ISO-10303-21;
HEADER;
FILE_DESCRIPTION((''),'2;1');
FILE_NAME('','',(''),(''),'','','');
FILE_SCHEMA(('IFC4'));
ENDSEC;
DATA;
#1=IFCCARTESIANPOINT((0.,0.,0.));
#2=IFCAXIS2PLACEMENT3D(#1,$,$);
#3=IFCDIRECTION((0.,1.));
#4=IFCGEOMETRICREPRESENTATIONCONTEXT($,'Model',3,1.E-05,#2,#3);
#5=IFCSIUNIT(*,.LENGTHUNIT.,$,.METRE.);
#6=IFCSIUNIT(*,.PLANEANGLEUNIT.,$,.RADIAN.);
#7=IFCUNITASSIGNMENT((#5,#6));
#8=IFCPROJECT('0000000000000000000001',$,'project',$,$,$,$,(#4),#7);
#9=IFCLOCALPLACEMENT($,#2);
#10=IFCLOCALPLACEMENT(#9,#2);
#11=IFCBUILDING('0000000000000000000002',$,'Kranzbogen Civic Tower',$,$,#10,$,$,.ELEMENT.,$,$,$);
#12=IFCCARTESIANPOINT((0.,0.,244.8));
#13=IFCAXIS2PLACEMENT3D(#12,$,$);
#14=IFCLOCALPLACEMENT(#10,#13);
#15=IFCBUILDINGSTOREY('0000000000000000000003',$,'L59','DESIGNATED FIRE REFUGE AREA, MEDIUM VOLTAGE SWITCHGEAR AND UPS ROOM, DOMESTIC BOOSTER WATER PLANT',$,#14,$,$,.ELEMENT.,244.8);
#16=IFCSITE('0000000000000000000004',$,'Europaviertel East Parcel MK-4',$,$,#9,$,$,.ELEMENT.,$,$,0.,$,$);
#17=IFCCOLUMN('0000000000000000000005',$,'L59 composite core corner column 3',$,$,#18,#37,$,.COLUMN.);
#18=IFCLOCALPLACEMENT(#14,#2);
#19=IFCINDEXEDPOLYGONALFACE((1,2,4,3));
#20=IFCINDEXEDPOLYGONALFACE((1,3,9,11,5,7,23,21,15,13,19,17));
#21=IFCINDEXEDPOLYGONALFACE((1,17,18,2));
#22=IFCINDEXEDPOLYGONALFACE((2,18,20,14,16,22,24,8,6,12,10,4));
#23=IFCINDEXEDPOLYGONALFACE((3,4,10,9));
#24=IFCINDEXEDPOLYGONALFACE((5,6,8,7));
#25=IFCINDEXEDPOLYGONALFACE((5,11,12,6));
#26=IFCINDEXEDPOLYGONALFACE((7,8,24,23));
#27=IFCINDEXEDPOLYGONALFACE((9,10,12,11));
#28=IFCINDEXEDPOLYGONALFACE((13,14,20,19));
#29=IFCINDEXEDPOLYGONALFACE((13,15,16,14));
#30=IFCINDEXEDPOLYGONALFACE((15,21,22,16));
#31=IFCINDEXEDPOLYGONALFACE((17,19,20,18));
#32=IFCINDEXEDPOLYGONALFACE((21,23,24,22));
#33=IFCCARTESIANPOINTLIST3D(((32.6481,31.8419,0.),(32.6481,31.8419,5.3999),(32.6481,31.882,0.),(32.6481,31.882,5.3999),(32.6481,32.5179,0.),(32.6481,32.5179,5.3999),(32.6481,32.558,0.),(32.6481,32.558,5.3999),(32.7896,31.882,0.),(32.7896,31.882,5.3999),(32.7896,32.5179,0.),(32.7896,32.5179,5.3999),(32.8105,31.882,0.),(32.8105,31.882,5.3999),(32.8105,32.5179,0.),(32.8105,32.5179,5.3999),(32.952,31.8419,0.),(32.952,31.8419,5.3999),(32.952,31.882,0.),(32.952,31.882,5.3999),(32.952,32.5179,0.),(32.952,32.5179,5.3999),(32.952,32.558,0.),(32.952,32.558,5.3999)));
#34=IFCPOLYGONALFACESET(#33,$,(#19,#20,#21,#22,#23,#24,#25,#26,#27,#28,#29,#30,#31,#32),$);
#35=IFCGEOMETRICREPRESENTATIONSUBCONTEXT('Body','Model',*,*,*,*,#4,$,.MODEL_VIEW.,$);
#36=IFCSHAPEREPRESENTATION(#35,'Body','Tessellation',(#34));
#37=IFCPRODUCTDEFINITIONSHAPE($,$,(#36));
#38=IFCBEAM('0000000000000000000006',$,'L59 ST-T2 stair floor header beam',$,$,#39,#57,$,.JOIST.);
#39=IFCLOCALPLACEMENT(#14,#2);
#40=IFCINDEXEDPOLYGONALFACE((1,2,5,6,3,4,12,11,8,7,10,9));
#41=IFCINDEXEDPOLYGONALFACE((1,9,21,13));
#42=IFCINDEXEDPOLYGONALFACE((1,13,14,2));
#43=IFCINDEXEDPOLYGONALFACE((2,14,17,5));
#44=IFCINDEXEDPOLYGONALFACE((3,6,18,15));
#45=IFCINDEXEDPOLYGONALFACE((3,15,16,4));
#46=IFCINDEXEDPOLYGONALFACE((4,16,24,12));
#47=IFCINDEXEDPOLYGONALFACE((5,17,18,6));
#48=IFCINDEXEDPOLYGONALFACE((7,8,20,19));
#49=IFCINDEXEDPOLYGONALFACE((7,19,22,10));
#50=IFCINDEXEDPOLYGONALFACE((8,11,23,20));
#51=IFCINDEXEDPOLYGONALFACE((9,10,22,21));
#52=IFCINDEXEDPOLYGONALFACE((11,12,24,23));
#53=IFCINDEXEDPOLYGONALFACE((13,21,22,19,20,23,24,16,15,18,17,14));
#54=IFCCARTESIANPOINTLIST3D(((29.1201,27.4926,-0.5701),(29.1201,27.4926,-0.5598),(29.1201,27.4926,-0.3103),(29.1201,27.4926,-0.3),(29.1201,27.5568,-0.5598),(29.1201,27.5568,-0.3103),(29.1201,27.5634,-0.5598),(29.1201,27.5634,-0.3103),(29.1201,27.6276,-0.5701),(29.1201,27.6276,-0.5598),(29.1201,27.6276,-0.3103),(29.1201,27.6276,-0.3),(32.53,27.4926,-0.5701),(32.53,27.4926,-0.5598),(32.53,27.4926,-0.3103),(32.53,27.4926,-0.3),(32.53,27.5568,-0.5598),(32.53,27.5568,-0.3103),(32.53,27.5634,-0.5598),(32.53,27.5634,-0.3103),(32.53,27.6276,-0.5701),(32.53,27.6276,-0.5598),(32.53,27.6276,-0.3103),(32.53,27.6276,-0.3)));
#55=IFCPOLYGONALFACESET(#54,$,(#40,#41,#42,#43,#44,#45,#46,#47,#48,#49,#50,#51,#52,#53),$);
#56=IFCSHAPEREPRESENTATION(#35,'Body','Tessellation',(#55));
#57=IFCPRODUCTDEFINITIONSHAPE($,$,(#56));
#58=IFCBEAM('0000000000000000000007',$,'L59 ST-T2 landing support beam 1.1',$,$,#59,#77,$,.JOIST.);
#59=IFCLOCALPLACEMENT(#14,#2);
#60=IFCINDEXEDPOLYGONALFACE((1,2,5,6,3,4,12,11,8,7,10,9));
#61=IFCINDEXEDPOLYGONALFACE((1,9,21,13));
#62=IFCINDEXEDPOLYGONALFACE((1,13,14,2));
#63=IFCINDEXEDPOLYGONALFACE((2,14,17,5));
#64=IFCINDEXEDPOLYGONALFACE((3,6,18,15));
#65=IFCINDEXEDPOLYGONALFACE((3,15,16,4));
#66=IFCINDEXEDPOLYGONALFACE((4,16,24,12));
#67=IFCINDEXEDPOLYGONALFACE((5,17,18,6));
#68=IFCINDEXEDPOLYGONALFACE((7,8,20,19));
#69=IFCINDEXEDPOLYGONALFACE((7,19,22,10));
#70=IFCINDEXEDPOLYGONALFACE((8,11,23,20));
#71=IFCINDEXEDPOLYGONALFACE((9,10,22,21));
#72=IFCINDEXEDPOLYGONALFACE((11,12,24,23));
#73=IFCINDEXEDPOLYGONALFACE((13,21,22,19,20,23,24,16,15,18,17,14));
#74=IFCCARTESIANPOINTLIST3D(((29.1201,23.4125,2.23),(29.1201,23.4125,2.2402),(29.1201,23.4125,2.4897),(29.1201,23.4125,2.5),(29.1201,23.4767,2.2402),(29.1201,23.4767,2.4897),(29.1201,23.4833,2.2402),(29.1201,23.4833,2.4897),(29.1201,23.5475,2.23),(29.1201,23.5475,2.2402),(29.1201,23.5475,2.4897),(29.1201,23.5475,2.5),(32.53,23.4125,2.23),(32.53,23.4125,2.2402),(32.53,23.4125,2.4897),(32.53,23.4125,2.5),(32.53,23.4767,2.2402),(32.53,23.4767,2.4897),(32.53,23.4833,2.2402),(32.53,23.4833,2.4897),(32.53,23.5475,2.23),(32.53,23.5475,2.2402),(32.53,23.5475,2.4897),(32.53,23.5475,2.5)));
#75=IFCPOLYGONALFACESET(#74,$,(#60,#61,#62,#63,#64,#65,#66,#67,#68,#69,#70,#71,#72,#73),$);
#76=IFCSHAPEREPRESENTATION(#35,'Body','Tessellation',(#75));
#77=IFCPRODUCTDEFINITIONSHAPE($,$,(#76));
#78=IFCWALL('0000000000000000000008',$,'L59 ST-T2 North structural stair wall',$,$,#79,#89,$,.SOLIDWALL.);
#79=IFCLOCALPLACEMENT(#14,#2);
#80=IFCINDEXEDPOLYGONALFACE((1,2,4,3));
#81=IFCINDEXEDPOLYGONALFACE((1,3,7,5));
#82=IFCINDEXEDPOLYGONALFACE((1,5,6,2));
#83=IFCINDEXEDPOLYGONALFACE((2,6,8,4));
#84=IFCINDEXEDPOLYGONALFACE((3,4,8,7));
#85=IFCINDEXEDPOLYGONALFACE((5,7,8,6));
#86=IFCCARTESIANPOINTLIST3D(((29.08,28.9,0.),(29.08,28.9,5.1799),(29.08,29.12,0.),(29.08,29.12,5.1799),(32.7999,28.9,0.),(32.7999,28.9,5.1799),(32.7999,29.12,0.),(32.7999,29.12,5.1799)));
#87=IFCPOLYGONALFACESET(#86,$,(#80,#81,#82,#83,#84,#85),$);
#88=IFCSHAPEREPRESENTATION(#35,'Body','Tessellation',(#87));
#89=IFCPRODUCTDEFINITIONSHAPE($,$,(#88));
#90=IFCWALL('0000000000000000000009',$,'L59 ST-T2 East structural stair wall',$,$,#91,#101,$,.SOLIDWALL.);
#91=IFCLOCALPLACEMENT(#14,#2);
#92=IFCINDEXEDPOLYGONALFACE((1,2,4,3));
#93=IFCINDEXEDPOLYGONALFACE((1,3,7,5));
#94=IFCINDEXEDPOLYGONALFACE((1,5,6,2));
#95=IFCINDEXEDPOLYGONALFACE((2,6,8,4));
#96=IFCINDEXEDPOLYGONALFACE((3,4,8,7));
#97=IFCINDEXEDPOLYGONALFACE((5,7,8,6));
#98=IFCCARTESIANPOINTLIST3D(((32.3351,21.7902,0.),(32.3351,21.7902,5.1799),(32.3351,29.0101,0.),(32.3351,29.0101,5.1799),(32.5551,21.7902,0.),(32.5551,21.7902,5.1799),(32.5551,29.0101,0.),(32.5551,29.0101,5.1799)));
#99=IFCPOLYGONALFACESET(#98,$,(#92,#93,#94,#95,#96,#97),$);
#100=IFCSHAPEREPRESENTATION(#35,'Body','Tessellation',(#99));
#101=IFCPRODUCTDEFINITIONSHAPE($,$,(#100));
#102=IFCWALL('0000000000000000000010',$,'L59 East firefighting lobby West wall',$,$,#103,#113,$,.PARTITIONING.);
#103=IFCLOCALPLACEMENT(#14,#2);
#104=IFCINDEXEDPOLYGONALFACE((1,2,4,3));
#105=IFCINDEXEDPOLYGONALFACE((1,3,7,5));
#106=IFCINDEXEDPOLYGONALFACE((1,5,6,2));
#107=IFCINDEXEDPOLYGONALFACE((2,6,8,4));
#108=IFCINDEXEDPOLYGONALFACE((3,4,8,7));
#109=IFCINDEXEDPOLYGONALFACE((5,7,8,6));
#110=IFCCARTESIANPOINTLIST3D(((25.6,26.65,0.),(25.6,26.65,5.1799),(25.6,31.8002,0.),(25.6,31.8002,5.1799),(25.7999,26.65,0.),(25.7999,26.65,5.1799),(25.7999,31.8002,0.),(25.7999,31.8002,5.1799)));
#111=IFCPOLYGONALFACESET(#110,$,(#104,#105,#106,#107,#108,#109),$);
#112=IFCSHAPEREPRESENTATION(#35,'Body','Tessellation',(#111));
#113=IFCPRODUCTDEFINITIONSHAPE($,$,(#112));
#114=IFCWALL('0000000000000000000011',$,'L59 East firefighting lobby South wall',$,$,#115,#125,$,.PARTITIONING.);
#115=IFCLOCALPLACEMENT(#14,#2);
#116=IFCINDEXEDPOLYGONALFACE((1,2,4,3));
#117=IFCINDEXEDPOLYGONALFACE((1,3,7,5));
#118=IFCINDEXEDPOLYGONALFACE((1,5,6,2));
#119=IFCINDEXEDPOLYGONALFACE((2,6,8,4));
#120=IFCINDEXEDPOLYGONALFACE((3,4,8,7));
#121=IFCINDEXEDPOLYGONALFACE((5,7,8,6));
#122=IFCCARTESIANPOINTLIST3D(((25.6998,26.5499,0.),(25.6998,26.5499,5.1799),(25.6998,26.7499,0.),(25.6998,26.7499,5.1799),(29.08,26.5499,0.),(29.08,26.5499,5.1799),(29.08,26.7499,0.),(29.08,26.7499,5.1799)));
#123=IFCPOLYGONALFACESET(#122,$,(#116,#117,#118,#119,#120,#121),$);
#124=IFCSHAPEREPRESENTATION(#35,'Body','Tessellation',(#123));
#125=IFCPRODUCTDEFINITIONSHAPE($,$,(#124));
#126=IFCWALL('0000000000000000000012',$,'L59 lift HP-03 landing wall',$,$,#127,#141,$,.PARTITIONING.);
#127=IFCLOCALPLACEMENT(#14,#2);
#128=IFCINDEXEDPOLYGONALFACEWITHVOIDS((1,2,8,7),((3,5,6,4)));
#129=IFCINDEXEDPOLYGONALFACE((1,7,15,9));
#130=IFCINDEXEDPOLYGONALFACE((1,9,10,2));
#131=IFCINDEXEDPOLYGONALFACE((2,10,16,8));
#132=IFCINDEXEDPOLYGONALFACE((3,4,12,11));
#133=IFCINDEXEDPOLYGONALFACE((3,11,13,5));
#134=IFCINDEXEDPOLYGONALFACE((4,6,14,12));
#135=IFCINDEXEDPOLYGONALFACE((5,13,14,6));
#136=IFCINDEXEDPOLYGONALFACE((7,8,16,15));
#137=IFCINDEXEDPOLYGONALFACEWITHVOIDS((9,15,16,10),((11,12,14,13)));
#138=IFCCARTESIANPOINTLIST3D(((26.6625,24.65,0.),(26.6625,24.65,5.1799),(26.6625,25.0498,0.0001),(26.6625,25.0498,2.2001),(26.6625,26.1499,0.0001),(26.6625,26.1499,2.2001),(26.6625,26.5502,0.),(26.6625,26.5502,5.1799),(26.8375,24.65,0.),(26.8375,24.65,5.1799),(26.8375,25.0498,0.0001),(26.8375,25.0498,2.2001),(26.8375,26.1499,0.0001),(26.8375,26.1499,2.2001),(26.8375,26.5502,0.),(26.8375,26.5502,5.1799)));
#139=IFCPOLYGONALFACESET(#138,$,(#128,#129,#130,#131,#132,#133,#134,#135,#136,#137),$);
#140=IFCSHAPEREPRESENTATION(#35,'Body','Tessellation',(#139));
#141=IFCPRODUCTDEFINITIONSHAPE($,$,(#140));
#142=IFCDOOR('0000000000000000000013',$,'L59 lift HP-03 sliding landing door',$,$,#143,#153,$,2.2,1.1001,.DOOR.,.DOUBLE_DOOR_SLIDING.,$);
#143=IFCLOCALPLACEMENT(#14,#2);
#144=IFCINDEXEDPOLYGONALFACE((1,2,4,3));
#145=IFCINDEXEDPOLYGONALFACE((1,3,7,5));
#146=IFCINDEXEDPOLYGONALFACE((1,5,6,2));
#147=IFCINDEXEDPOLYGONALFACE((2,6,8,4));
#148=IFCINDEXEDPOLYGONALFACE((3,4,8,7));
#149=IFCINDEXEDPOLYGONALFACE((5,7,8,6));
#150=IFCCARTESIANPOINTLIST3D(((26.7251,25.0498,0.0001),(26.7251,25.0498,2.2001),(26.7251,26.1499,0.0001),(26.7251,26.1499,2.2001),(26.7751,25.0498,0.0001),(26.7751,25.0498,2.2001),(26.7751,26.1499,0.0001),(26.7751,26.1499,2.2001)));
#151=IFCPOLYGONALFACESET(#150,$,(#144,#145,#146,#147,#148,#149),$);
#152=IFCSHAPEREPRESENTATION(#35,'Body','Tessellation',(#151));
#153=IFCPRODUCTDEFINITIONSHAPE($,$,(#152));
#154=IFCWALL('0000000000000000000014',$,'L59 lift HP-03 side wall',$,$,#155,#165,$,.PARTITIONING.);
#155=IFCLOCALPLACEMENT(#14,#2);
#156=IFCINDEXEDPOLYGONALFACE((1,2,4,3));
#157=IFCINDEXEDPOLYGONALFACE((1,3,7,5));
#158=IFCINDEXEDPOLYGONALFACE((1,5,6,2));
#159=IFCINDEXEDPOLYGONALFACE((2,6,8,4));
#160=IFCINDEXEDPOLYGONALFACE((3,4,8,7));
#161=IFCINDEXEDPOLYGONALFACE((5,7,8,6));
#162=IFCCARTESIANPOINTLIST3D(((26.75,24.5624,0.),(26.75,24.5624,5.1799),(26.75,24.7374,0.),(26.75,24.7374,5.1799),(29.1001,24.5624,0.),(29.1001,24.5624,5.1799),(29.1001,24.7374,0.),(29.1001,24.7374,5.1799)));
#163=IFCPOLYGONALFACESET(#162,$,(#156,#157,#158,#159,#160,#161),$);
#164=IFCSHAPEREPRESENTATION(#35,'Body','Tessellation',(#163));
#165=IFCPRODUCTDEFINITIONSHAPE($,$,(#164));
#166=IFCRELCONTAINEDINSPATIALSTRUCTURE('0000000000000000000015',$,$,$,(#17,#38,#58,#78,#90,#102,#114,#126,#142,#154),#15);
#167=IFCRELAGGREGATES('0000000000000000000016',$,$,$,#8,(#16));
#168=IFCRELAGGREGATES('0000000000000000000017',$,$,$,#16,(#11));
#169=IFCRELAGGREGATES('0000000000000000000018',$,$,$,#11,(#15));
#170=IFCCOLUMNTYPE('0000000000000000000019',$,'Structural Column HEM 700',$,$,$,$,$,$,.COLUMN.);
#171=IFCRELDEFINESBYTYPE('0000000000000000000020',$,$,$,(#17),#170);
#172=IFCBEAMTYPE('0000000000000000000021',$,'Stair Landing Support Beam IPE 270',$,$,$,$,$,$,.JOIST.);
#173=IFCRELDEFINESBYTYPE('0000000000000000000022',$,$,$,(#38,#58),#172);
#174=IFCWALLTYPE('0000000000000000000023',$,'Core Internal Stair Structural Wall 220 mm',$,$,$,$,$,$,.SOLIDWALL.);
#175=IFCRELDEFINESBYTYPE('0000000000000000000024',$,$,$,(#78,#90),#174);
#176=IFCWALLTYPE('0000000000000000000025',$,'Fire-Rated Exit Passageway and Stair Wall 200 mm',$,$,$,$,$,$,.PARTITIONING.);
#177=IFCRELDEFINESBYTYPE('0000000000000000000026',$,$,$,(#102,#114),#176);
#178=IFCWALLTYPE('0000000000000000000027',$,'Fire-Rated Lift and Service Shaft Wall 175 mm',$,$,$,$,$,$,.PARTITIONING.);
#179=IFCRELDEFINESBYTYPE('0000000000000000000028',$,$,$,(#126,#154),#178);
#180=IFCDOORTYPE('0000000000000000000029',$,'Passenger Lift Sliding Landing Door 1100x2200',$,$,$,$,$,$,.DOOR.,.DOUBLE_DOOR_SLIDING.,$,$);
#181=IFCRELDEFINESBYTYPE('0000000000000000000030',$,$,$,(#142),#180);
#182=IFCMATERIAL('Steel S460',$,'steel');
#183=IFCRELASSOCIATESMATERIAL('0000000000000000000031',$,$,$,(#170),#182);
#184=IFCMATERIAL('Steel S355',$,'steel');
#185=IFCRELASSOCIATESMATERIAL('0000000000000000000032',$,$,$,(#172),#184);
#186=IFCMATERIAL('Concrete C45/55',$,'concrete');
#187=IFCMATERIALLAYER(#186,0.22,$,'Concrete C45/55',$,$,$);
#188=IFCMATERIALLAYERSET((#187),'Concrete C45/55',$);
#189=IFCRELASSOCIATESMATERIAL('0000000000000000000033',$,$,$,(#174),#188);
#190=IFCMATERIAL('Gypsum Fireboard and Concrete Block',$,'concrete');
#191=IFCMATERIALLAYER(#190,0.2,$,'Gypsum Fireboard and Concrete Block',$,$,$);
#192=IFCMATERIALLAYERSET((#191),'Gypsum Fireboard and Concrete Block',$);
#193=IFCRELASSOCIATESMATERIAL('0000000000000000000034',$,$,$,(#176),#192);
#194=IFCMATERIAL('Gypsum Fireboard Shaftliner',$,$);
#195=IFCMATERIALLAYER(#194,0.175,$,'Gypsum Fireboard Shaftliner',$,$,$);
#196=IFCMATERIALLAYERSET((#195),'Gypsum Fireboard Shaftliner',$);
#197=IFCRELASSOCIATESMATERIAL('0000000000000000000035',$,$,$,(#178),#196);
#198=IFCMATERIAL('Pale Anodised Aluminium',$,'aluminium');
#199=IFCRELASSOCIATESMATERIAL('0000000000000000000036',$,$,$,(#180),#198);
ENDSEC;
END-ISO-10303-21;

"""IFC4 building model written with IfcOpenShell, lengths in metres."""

from ifc_helpers import new_model, si_unit, direction, frame, frame_2d, origin, origin_2d, place, context, subcontext, project, spatial, rectangle, i_section, extrude, material, layer, layer_set, material_profile, profile_set, type_object, element, fill, save


model = new_model("IFC4")

# Units and contexts
model_context = context("Model", 3, precision=1e-05, world=origin(), true_north=direction((0.0, 1.0)))
body_context = subcontext(model_context, "Body", "Model", "MODEL_VIEW")
ifc_project = project(units=[si_unit("LENGTHUNIT", "METRE"), si_unit("PLANEANGLEUNIT", "RADIAN")], contexts=[model_context])

# Site, building, storey
site_placement = place(None, origin())
site = spatial("IfcSite", under=ifc_project, at=site_placement, Name="Europaviertel East Parcel MK-4", CompositionType="ELEMENT", RefElevation=0.0)
building_placement = place(site_placement, origin())
building = spatial("IfcBuilding", under=site, at=building_placement, Name="Kranzbogen Civic Tower", CompositionType="ELEMENT")
storey_placement = place(building_placement, frame((0.0, 0.0, 244.8)))
storey = spatial("IfcBuildingStorey", under=building, at=storey_placement, Name="L59", Description="DESIGNATED FIRE REFUGE AREA, MEDIUM VOLTAGE SWITCHGEAR AND UPS ROOM, DOMESTIC BOOSTER WATER PLANT", CompositionType="ELEMENT", Elevation=244.8)

# Column
ifc_material_1 = material(Name="Steel S460", Category="steel")
ifc_material_profile_1 = material_profile(ifc_material_1, i_section(OverallWidth=0.304, OverallDepth=0.7161, WebThickness=0.021, FlangeThickness=0.04, at=origin_2d()), Name="HEM 700")
ifc_profile_set_1 = profile_set([ifc_material_profile_1], Name="Steel S460")
column_type = type_object("IfcColumnType", Name="Structural Column HEM 700", PredefinedType="COLUMN", material=ifc_profile_set_1)
column_placement = place(storey_placement, frame((32.8, 32.2, 0.0), z_axis=(0.0, 0.0, 1.0), x_axis=(1.0, 0.0, 0.0)))
element("IfcColumn", 1, at=column_placement, inside=storey, type_object=column_type, Name="L59 composite core corner column 3", PredefinedType="COLUMN", context=body_context, shape_type="SweptSolid", body=[
    extrude(i_section(OverallWidth=0.304, OverallDepth=0.7161, WebThickness=0.021, FlangeThickness=0.04, at=origin_2d()), origin(), (0.0, 0.0, 1.0), 5.3999),
])

# Beams
ifc_material_2 = material(Name="Steel S355", Category="steel")
ifc_material_profile_2 = material_profile(ifc_material_2, i_section(OverallWidth=0.135, OverallDepth=0.27, WebThickness=0.0066, FlangeThickness=0.0103, at=origin_2d()), Name="IPE 270")
ifc_profile_set_2 = profile_set([ifc_material_profile_2], Name="Steel S355")
beam_type = type_object("IfcBeamType", Name="Stair Landing Support Beam IPE 270", PredefinedType="JOIST", material=ifc_profile_set_2)
for number, where, z_axis, x_axis, name in (
    (2, (29.1201, 27.5601, -0.4351), (1.0, 0.0, 0.0), (0.0, 1.0, 0.0), "L59 ST-T2 stair floor header beam"),
    (3, (29.1201, 23.48, 2.365), (1.0, 0.0, 0.0), (0.0, 1.0, 0.0), "L59 ST-T2 landing support beam 1.1"),
):
    element("IfcBeam", number, at=place(storey_placement, frame(where, z_axis=z_axis, x_axis=x_axis)), inside=storey, type_object=beam_type, Name=name, PredefinedType="JOIST", context=body_context, shape_type="SweptSolid", body=[
        extrude(i_section(OverallWidth=0.135, OverallDepth=0.27, WebThickness=0.0066, FlangeThickness=0.0103, at=origin_2d()), origin(), (0.0, 0.0, 1.0), 3.4099),
    ])

# Walls
ifc_material_3 = material(Name="Concrete C45/55", Category="concrete")
ifc_layer_1 = layer(ifc_material_3, 0.22, Name="Concrete C45/55")
ifc_layer_set_1 = layer_set([ifc_layer_1], Name="Concrete C45/55")
wall_type_1 = type_object("IfcWallType", Name="Core Internal Stair Structural Wall 220 mm", PredefinedType="SOLIDWALL", material=ifc_layer_set_1)
wall_1_placement = place(storey_placement, frame((29.0801, 29.01, 0.0), z_axis=(0.0, 0.0, 1.0), x_axis=(1.0, 0.0, 0.0)))
element("IfcWall", 4, at=wall_1_placement, inside=storey, type_object=wall_type_1, Name="L59 ST-T2 North structural stair wall", PredefinedType="SOLIDWALL", context=body_context, shape_type="SweptSolid", body=[
    extrude(rectangle(XDim=3.72, YDim=0.22, at=frame_2d((1.8599, 0.0))), origin(), (0.0, 0.0, 1.0), 5.1799),
])
wall_2_placement = place(storey_placement, frame((32.4451, 29.01, 0.0), z_axis=(0.0, 0.0, 1.0), x_axis=(0.0, -1.0, 0.0)))
element("IfcWall", 5, at=wall_2_placement, inside=storey, type_object=wall_type_1, Name="L59 ST-T2 East structural stair wall", PredefinedType="SOLIDWALL", context=body_context, shape_type="SweptSolid", body=[
    extrude(rectangle(XDim=7.22, YDim=0.22, at=frame_2d((3.6099, 0.0))), origin(), (0.0, 0.0, 1.0), 5.1799),
])
ifc_material_4 = material(Name="Gypsum Fireboard and Concrete Block", Category="concrete")
ifc_layer_2 = layer(ifc_material_4, 0.2, Name="Gypsum Fireboard and Concrete Block")
ifc_layer_set_2 = layer_set([ifc_layer_2], Name="Gypsum Fireboard and Concrete Block")
wall_type_2 = type_object("IfcWallType", Name="Fire-Rated Exit Passageway and Stair Wall 200 mm", PredefinedType="PARTITIONING", material=ifc_layer_set_2)
wall_3_placement = place(storey_placement, frame((25.7, 26.6499, 0.0), z_axis=(0.0, 0.0, 1.0), x_axis=(0.0, 1.0, 0.0)))
element("IfcWall", 6, at=wall_3_placement, inside=storey, type_object=wall_type_2, Name="L59 East firefighting lobby West wall", PredefinedType="PARTITIONING", context=body_context, shape_type="SweptSolid", body=[
    extrude(rectangle(XDim=5.1501, YDim=0.2, at=frame_2d((2.5752, 0.0))), origin(), (0.0, 0.0, 1.0), 5.1799),
])
wall_4_placement = place(storey_placement, frame((25.7, 26.6499, 0.0), z_axis=(0.0, 0.0, 1.0), x_axis=(1.0, 0.0, 0.0)))
element("IfcWall", 7, at=wall_4_placement, inside=storey, type_object=wall_type_2, Name="L59 East firefighting lobby South wall", PredefinedType="PARTITIONING", context=body_context, shape_type="SweptSolid", body=[
    extrude(rectangle(XDim=3.3801, YDim=0.2, at=frame_2d((1.6899, 0.0))), origin(), (0.0, 0.0, 1.0), 5.1799),
])

# Wall, opening, door
ifc_material_5 = material(Name="Gypsum Fireboard Shaftliner")
ifc_layer_3 = layer(ifc_material_5, 0.175, Name="Gypsum Fireboard Shaftliner")
ifc_layer_set_3 = layer_set([ifc_layer_3], Name="Gypsum Fireboard Shaftliner")
wall_type_3 = type_object("IfcWallType", Name="Fire-Rated Lift and Service Shaft Wall 175 mm", PredefinedType="PARTITIONING", material=ifc_layer_set_3)
wall_5_placement = place(storey_placement, frame((26.75, 24.6499, 0.0), z_axis=(0.0, 0.0, 1.0), x_axis=(0.0, 1.0, 0.0)))
wall_5 = element("IfcWall", 8, at=wall_5_placement, inside=storey, type_object=wall_type_3, Name="L59 lift HP-03 landing wall", PredefinedType="PARTITIONING", context=body_context, shape_type="SweptSolid", body=[
    extrude(rectangle(XDim=1.9001, YDim=0.175, at=frame_2d((0.9502, 0.0))), origin(), (0.0, 0.0, 1.0), 5.1799),
])
opening_1_placement = place(wall_5_placement, frame((0.3999, 0.0, 0.0)))
opening_1 = element("IfcOpeningElement", 9, at=opening_1_placement, cuts=wall_5, PredefinedType="OPENING", context=body_context, shape_type="SweptSolid", body=[
    extrude(rectangle(XDim=1.1001, YDim=2.2, at=frame_2d((0.55, 1.1001))), frame((0.0, 0.0977, 0.0), z_axis=(0.0, -1.0, 0.0), x_axis=(1.0, 0.0, 0.0)), (0.0, 0.0, 1.0), 0.1951),
])
ifc_material_6 = material(Name="Pale Anodised Aluminium", Category="aluminium")
door_type_1 = type_object("IfcDoorType", Name="Passenger Lift Sliding Landing Door 1100x2200", OperationType="DOUBLE_DOOR_SLIDING", PredefinedType="DOOR", material=ifc_material_6)
door_1_placement = place(opening_1_placement, origin())
door_1 = element("IfcDoor", 10, at=door_1_placement, inside=storey, type_object=door_type_1, Name="L59 lift HP-03 sliding landing door", OperationType="DOUBLE_DOOR_SLIDING", OverallHeight=2.2, OverallWidth=1.1001, PredefinedType="DOOR", context=body_context, shape_type="SweptSolid", body=[
    extrude(rectangle(XDim=1.1001, YDim=2.2, at=frame_2d((0.55, 1.1001))), frame((0.0, 0.0249, 0.0), z_axis=(0.0, -1.0, 0.0), x_axis=(1.0, 0.0, 0.0)), (0.0, 0.0, 1.0), 0.05),
])
fill(opening_1, door_1)

# Wall
wall_6_placement = place(storey_placement, frame((26.75, 24.6499, 0.0), z_axis=(0.0, 0.0, 1.0), x_axis=(1.0, 0.0, 0.0)))
element("IfcWall", 11, at=wall_6_placement, inside=storey, type_object=wall_type_3, Name="L59 lift HP-03 side wall", PredefinedType="PARTITIONING", context=body_context, shape_type="SweptSolid", body=[
    extrude(rectangle(XDim=2.3501, YDim=0.175, at=frame_2d((1.175, 0.0))), origin(), (0.0, 0.0, 1.0), 5.1799),
])

save(model, "model.ifc")
